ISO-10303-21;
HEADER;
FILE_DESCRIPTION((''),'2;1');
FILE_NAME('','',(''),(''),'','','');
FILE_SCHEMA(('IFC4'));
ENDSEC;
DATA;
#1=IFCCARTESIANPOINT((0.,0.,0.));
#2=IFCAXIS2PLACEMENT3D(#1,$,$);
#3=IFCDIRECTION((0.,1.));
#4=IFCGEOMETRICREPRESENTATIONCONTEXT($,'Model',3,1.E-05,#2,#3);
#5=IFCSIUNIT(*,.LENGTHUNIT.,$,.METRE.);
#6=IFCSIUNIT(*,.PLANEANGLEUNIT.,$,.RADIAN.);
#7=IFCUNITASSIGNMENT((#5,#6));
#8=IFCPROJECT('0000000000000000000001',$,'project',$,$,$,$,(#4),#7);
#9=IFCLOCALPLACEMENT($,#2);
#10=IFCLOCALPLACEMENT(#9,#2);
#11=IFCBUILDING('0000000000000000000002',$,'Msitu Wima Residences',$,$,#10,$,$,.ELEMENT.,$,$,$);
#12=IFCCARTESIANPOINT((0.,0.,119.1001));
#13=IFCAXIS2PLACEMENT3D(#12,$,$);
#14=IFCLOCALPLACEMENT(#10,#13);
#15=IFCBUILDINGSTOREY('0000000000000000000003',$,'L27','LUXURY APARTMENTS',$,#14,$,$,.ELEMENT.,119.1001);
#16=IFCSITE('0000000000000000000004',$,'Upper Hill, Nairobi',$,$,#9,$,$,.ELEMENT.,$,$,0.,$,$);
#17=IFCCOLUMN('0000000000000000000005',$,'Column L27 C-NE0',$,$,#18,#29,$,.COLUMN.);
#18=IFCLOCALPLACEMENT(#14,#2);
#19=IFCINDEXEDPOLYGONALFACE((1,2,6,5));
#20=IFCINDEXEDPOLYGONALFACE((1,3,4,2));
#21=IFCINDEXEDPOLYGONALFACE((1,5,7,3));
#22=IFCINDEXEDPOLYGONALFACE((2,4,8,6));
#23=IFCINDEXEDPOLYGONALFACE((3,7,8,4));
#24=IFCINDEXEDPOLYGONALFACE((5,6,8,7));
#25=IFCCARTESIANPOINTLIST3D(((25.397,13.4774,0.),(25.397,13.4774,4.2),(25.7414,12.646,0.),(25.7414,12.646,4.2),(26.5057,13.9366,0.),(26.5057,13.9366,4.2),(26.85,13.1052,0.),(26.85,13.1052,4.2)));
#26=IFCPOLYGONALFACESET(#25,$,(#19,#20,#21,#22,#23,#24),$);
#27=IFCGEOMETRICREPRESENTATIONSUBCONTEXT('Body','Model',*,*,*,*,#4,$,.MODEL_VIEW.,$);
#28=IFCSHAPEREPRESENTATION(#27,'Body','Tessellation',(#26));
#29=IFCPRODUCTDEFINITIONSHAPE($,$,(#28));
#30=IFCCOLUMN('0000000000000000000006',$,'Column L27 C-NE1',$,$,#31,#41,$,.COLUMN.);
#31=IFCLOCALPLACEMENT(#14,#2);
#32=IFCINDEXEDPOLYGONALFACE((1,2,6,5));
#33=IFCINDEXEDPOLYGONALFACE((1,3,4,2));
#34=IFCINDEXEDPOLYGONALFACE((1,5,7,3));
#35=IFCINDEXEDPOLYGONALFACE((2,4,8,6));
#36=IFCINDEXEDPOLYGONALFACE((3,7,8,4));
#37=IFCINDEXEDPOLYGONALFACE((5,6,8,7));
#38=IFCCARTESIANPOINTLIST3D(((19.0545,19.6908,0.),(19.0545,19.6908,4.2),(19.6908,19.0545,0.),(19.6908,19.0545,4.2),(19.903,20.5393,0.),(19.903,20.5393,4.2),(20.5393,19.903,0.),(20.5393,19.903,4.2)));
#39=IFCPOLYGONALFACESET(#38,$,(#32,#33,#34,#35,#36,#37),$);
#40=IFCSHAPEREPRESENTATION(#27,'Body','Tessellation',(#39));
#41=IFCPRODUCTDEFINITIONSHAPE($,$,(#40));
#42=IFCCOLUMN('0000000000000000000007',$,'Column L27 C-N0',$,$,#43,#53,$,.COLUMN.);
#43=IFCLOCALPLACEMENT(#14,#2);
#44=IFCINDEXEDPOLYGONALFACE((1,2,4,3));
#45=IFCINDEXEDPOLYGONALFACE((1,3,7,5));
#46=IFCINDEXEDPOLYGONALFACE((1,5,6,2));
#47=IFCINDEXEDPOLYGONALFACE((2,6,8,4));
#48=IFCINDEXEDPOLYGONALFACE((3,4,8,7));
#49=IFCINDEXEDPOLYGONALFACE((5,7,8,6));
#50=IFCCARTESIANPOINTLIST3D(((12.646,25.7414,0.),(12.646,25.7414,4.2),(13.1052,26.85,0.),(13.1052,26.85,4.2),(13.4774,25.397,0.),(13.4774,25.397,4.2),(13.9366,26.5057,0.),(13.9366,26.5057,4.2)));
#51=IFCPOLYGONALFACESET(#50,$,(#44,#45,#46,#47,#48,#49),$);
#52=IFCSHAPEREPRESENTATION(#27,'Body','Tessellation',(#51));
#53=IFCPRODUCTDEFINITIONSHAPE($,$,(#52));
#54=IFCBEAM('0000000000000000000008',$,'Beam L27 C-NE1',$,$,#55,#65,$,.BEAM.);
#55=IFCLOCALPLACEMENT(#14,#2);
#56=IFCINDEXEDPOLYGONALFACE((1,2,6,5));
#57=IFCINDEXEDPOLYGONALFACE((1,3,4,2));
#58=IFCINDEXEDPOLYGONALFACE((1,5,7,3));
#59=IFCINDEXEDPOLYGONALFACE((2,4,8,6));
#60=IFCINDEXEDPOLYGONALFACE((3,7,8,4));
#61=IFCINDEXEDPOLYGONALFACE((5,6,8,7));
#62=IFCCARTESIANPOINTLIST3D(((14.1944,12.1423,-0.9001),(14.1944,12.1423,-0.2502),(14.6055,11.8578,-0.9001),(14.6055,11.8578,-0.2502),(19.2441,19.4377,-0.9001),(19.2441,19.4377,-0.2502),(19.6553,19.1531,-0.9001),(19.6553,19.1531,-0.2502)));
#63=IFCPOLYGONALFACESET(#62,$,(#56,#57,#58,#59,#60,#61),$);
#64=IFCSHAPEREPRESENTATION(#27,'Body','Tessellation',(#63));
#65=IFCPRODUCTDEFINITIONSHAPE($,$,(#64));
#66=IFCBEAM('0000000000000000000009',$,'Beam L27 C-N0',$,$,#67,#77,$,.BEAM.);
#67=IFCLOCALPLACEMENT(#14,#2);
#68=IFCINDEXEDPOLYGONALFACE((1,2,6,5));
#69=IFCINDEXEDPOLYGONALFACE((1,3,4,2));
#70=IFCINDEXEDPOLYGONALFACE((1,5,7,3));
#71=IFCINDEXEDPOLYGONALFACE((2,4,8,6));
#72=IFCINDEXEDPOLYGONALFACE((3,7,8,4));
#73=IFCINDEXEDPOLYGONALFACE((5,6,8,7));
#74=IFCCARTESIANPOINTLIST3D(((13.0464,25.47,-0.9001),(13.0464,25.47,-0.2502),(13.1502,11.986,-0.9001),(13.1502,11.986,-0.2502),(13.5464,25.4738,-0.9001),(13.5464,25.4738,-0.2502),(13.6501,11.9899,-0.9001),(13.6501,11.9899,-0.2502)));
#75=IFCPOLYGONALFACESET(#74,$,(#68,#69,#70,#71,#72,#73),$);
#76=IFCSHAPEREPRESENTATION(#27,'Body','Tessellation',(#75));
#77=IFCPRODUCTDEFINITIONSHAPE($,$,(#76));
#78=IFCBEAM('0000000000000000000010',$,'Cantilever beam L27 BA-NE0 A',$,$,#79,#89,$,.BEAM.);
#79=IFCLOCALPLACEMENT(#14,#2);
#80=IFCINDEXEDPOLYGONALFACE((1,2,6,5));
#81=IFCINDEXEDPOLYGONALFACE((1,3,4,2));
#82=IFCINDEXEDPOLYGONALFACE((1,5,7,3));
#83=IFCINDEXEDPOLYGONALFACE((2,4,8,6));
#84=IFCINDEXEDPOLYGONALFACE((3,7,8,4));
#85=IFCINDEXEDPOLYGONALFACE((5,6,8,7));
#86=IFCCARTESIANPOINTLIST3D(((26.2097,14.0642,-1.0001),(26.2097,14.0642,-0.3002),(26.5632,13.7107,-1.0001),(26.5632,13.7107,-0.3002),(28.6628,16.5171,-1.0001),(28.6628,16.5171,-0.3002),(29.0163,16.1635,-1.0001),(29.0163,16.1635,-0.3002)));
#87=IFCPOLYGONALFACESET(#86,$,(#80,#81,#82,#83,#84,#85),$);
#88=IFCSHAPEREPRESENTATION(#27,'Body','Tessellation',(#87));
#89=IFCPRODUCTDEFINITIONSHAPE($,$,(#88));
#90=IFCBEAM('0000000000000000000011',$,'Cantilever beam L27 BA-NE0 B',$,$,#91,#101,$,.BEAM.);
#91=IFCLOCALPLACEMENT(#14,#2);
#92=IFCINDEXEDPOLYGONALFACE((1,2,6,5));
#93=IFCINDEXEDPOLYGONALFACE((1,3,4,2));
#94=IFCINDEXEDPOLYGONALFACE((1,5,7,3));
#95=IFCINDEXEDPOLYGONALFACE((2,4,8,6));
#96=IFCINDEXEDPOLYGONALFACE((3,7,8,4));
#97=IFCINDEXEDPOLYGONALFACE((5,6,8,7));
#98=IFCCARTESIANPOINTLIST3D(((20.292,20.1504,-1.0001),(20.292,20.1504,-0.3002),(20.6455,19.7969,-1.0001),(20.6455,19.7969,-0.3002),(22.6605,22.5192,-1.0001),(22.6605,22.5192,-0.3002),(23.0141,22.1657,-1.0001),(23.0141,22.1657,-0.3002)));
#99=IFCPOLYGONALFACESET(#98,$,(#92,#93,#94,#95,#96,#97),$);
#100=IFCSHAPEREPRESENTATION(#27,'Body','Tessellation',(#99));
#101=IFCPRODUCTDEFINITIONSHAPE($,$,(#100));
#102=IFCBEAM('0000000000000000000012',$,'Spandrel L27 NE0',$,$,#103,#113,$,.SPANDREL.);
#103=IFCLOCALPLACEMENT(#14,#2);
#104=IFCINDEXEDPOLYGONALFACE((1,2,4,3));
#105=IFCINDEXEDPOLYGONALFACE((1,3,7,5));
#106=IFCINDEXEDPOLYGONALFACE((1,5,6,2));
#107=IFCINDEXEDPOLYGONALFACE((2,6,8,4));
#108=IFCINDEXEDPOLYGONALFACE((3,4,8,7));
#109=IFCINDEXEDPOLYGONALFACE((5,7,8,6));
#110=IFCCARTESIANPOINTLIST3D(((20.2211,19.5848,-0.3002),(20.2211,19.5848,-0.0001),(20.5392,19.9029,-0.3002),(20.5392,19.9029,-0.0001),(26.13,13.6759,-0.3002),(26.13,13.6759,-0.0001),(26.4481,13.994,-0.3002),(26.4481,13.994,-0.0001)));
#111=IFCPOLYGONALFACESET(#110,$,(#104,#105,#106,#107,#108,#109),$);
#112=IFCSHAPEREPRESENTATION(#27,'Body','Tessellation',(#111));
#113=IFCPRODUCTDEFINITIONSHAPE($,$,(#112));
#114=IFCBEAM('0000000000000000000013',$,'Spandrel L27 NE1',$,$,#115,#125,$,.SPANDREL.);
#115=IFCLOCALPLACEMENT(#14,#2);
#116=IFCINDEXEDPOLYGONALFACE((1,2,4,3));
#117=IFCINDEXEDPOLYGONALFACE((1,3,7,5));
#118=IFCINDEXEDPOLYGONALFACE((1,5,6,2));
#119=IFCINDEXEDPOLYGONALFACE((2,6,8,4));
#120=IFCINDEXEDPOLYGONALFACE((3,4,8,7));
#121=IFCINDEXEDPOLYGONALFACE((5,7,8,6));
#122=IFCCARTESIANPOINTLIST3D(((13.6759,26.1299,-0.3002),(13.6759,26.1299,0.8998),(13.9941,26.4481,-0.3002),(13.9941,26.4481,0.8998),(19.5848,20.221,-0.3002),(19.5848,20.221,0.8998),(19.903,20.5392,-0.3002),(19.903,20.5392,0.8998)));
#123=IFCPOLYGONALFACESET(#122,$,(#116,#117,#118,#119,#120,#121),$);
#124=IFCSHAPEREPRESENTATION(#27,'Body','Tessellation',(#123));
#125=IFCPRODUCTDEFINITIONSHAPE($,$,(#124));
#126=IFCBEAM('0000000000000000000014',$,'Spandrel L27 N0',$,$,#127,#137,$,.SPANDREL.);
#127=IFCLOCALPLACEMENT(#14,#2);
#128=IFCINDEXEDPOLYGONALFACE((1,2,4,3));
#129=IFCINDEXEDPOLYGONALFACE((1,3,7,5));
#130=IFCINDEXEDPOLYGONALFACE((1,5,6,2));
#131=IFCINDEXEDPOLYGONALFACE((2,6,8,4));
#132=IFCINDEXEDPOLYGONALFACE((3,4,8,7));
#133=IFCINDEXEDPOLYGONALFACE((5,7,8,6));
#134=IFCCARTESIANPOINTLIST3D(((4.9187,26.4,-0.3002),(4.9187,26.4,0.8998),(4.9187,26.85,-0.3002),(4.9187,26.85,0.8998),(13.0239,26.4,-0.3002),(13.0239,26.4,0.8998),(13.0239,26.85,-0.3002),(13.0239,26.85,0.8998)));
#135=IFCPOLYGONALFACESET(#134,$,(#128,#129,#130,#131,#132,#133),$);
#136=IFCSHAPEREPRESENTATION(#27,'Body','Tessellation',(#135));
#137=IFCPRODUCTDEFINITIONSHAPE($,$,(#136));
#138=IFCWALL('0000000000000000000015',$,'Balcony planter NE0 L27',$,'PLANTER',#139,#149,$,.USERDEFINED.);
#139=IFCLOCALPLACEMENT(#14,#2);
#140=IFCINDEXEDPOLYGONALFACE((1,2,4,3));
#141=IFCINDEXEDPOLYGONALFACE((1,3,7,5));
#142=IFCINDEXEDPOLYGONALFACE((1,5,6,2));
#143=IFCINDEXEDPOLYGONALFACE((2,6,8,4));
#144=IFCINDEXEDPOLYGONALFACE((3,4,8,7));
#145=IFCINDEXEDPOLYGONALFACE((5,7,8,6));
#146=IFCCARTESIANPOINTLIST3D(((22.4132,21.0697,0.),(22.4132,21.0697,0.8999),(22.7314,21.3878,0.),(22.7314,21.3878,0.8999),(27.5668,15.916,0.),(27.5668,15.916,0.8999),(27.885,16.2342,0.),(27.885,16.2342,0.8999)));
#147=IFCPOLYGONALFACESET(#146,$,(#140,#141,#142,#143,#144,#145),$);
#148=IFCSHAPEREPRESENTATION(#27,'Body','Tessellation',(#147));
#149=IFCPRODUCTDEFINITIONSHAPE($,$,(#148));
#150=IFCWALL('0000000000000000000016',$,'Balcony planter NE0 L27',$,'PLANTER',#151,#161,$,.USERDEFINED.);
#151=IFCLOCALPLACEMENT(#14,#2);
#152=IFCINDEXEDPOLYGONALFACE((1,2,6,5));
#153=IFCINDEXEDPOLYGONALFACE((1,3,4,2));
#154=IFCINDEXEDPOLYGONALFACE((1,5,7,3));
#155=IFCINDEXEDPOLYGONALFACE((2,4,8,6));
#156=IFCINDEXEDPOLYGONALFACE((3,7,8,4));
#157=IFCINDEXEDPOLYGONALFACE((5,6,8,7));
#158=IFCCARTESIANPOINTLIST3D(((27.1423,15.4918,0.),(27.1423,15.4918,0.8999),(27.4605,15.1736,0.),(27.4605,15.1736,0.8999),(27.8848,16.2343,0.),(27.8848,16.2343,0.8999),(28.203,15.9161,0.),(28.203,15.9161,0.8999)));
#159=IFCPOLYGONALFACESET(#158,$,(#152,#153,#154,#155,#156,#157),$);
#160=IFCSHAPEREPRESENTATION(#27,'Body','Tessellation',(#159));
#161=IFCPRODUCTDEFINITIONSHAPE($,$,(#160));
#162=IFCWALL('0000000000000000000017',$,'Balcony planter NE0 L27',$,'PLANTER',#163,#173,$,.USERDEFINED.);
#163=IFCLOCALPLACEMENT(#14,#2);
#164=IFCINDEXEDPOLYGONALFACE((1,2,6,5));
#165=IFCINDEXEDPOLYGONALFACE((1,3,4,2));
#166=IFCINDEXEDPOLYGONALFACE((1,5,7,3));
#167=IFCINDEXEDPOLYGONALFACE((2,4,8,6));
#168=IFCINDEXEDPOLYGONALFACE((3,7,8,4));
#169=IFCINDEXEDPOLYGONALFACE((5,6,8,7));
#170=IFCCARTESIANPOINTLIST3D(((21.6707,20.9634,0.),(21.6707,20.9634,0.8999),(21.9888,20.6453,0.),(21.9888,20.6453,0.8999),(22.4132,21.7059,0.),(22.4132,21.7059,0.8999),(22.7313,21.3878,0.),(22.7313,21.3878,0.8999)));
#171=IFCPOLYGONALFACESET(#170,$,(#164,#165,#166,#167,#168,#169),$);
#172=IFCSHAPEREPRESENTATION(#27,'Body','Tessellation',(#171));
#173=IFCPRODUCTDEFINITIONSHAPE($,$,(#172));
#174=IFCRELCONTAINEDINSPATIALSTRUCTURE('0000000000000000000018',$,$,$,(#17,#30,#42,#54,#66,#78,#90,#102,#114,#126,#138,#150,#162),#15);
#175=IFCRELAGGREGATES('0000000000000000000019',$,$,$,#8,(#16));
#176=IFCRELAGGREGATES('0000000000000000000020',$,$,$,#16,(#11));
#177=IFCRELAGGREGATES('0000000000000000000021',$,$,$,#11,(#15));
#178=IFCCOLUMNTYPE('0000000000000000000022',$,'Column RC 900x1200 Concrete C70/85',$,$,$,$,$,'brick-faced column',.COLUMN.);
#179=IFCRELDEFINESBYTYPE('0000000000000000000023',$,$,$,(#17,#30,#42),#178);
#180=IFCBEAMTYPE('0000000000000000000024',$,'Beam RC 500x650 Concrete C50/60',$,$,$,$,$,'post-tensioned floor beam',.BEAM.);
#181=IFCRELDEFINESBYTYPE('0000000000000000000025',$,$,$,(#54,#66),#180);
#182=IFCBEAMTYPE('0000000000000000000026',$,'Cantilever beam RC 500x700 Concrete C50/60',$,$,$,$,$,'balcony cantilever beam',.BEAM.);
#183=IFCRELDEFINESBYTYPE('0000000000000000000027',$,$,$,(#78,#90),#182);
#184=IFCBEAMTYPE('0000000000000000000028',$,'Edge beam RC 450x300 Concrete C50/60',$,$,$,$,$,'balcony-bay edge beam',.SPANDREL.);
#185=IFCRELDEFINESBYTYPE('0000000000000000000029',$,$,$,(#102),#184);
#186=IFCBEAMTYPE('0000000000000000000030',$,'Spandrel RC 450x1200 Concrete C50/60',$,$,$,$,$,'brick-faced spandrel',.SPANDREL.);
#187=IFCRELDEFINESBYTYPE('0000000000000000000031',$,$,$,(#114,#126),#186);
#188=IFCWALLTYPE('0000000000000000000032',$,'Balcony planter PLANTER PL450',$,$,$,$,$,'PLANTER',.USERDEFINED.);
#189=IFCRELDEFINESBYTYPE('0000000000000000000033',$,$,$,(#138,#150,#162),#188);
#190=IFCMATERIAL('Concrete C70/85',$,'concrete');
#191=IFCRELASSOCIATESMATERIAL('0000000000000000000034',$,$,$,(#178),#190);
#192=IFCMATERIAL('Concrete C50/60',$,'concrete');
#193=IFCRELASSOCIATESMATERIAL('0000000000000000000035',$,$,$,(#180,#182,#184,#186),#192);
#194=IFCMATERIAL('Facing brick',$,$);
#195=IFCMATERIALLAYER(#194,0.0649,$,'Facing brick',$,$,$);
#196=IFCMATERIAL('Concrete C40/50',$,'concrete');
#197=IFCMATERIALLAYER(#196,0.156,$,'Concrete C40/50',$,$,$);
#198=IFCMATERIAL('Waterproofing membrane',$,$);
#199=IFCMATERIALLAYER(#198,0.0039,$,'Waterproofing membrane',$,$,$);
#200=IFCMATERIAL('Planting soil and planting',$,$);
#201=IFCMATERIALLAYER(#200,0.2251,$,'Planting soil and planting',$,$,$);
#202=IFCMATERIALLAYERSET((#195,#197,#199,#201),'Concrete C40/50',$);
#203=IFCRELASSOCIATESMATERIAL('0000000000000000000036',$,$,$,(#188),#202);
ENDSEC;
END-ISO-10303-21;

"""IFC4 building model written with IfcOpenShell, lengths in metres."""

from ifc_helpers import new_model, si_unit, direction, frame, frame_2d, origin, origin_2d, place, context, subcontext, project, spatial, rectangle, extrude, material, layer, layer_set, material_profile, profile_set, type_object, element, save


model = new_model("IFC4")

# Units and contexts
model_context = context("Model", 3, precision=1e-05, world=origin(), true_north=direction((0.0, 1.0)))
body_context = subcontext(model_context, "Body", "Model", "MODEL_VIEW")
ifc_project = project(units=[si_unit("LENGTHUNIT", "METRE"), si_unit("PLANEANGLEUNIT", "RADIAN")], contexts=[model_context])

# Site, building, storey
site_placement = place(None, origin())
site = spatial("IfcSite", under=ifc_project, at=site_placement, Name="Upper Hill, Nairobi", CompositionType="ELEMENT", RefElevation=0.0)
building_placement = place(site_placement, origin())
building = spatial("IfcBuilding", under=site, at=building_placement, Name="Msitu Wima Residences", CompositionType="ELEMENT")
storey_placement = place(building_placement, frame((0.0, 0.0, 119.1001)))
storey = spatial("IfcBuildingStorey", under=building, at=storey_placement, Name="L27", Description="LUXURY APARTMENTS", CompositionType="ELEMENT", Elevation=119.1001)

# Columns
ifc_material_1 = material(Name="Concrete C70/85", Category="concrete")
ifc_material_profile_1 = material_profile(ifc_material_1, rectangle(XDim=0.8999, YDim=1.2, at=origin_2d()), Name="RC 900x1200")
ifc_profile_set_1 = profile_set([ifc_material_profile_1], Name="Concrete C70/85")
column_type = type_object("IfcColumnType", Name="Column RC 900x1200 Concrete C70/85", ElementType="brick-faced column", PredefinedType="COLUMN", material=ifc_profile_set_1)
for number, where, z_axis, x_axis, name in (
    (1, (26.1235, 13.2913, 0.0), (0.0, 0.0, 1.0), (-0.382683, 0.92388, 0.0), "Column L27 C-NE0"),
    (2, (19.7969, 19.7969, 0.0), (0.0, 0.0, 1.0), (-0.707107, 0.707107, 0.0), "Column L27 C-NE1"),
    (3, (13.2913, 26.1235, 0.0), (0.0, 0.0, 1.0), (-0.92388, 0.382683, 0.0), "Column L27 C-N0"),
):
    element("IfcColumn", number, at=place(storey_placement, frame(where, z_axis=z_axis, x_axis=x_axis)), inside=storey, type_object=column_type, Name=name, PredefinedType="COLUMN", context=body_context, shape_type="SweptSolid", body=[
        extrude(rectangle(XDim=0.8999, YDim=1.2, at=origin_2d()), origin(), (0.0, 0.0, 1.0), 4.2),
    ])

# Beams
ifc_material_2 = material(Name="Concrete C50/60", Category="concrete")
ifc_material_profile_2 = material_profile(ifc_material_2, rectangle(XDim=0.5, YDim=0.6499, at=origin_2d()), Name="RC 500x650")
ifc_profile_set_2 = profile_set([ifc_material_profile_2], Name="Concrete C50/60")
beam_type_1 = type_object("IfcBeamType", Name="Beam RC 500x650 Concrete C50/60", ElementType="post-tensioned floor beam", PredefinedType="BEAM", material=ifc_profile_set_2)
beam_1_placement = place(storey_placement, frame((19.4497, 19.2954, -0.5752), z_axis=(-0.569144, -0.822238, 0.0), x_axis=(0.822238, -0.569144, 0.0)))
element("IfcBeam", 4, at=beam_1_placement, inside=storey, type_object=beam_type_1, Name="Beam L27 C-NE1", PredefinedType="BEAM", context=body_context, shape_type="SweptSolid", body=[
    extrude(rectangle(XDim=0.5, YDim=0.6499, at=origin_2d()), origin(), (0.0, 0.0, 1.0), 8.8726),
])
beam_2_placement = place(storey_placement, frame((13.2964, 25.4719, -0.5752), z_axis=(0.007695, -0.99997, 0.0), x_axis=(0.99997, 0.007695, 0.0)))
element("IfcBeam", 5, at=beam_2_placement, inside=storey, type_object=beam_type_1, Name="Beam L27 C-N0", PredefinedType="BEAM", context=body_context, shape_type="SweptSolid", body=[
    extrude(rectangle(XDim=0.5, YDim=0.6499, at=origin_2d()), origin(), (0.0, 0.0, 1.0), 13.4844),
])
ifc_material_profile_3 = material_profile(ifc_material_2, rectangle(XDim=0.5, YDim=0.7, at=origin_2d()), Name="RC 500x700")
ifc_profile_set_3 = profile_set([ifc_material_profile_3], Name="Concrete C50/60")
beam_type_2 = type_object("IfcBeamType", Name="Cantilever beam RC 500x700 Concrete C50/60", ElementType="balcony cantilever beam", PredefinedType="BEAM", material=ifc_profile_set_3)
beam_3_placement = place(storey_placement, frame((26.3865, 13.8875, -0.6501), z_axis=(0.707142, 0.707072, 0.0), x_axis=(-0.707072, 0.707142, 0.0)))
element("IfcBeam", 6, at=beam_3_placement, inside=storey, type_object=beam_type_2, Name="Cantilever beam L27 BA-NE0 A", PredefinedType="BEAM", context=body_context, shape_type="SweptSolid", body=[
    extrude(rectangle(XDim=0.5, YDim=0.7, at=origin_2d()), origin(), (0.0, 0.0, 1.0), 3.469),
])
beam_4_placement = place(storey_placement, frame((20.4688, 19.9736, -0.6501), z_axis=(0.70707, 0.707143, 0.0), x_axis=(-0.707143, 0.70707, 0.0)))
element("IfcBeam", 7, at=beam_4_placement, inside=storey, type_object=beam_type_2, Name="Cantilever beam L27 BA-NE0 B", PredefinedType="BEAM", context=body_context, shape_type="SweptSolid", body=[
    extrude(rectangle(XDim=0.5, YDim=0.7, at=origin_2d()), origin(), (0.0, 0.0, 1.0), 3.3499),
])
ifc_material_profile_4 = material_profile(ifc_material_2, rectangle(XDim=0.45, YDim=0.3, at=origin_2d()), Name="RC 450x300")
ifc_profile_set_4 = profile_set([ifc_material_profile_4], Name="Concrete C50/60")
beam_type_3 = type_object("IfcBeamType", Name="Edge beam RC 450x300 Concrete C50/60", ElementType="balcony-bay edge beam", PredefinedType="SPANDREL", material=ifc_profile_set_4)
beam_5_placement = place(storey_placement, frame((26.2891, 13.835, -0.1501), z_axis=(-0.707107, 0.707107, 0.0), x_axis=(-0.707107, -0.707107, 0.0)))
element("IfcBeam", 8, at=beam_5_placement, inside=storey, type_object=beam_type_3, Name="Spandrel L27 NE0", PredefinedType="SPANDREL", context=body_context, shape_type="SweptSolid", body=[
    extrude(rectangle(XDim=0.45, YDim=0.3, at=origin_2d()), origin(), (0.0, 0.0, 1.0), 8.3564),
])
ifc_material_profile_5 = material_profile(ifc_material_2, rectangle(XDim=0.45, YDim=1.2, at=origin_2d()), Name="RC 450x1200")
ifc_profile_set_5 = profile_set([ifc_material_profile_5], Name="Concrete C50/60")
beam_type_4 = type_object("IfcBeamType", Name="Spandrel RC 450x1200 Concrete C50/60", ElementType="brick-faced spandrel", PredefinedType="SPANDREL", material=ifc_profile_set_5)
beam_6_placement = place(storey_placement, frame((19.7439, 20.3801, 0.2998), z_axis=(-0.707107, 0.707107, 0.0), x_axis=(-0.707107, -0.707107, 0.0)))
element("IfcBeam", 9, at=beam_6_placement, inside=storey, type_object=beam_type_4, Name="Spandrel L27 NE1", PredefinedType="SPANDREL", context=body_context, shape_type="SweptSolid", body=[
    extrude(rectangle(XDim=0.45, YDim=1.2, at=origin_2d()), origin(), (0.0, 0.0, 1.0), 8.3564),
])
beam_7_placement = place(storey_placement, frame((13.0239, 26.625, 0.2998), z_axis=(-1.0, 0.0, 0.0), x_axis=(0.0, -1.0, 0.0)))
element("IfcBeam", 10, at=beam_7_placement, inside=storey, type_object=beam_type_4, Name="Spandrel L27 N0", PredefinedType="SPANDREL", context=body_context, shape_type="SweptSolid", body=[
    extrude(rectangle(XDim=0.45, YDim=1.2, at=origin_2d()), origin(), (0.0, 0.0, 1.0), 8.1052),
])

# Walls
ifc_material_3 = material(Name="Facing brick")
ifc_layer_1 = layer(ifc_material_3, 0.0649, Name="Facing brick")
ifc_material_4 = material(Name="Concrete C40/50", Category="concrete")
ifc_layer_2 = layer(ifc_material_4, 0.156, Name="Concrete C40/50")
ifc_material_5 = material(Name="Waterproofing membrane")
ifc_layer_3 = layer(ifc_material_5, 0.0039, Name="Waterproofing membrane")
ifc_material_6 = material(Name="Planting soil and planting")
ifc_layer_4 = layer(ifc_material_6, 0.2251, Name="Planting soil and planting")
ifc_layer_set_1 = layer_set([ifc_layer_1, ifc_layer_2, ifc_layer_3, ifc_layer_4], Name="Concrete C40/50")
wall_type_1 = type_object("IfcWallType", Name="Balcony planter PLANTER PL450", ElementType="PLANTER", PredefinedType="USERDEFINED", material=ifc_layer_set_1)
wall_1_placement = place(storey_placement, frame((27.7258, 16.0752, 0.0), z_axis=(0.0, 0.0, 1.0), x_axis=(-0.707107, 0.707107, 0.0)))
element("IfcWall", 11, at=wall_1_placement, inside=storey, type_object=wall_type_1, Name="Balcony planter NE0 L27", ObjectType="PLANTER", PredefinedType="USERDEFINED", context=body_context, shape_type="SweptSolid", body=[
    extrude(rectangle(XDim=7.2883, YDim=0.45, at=frame_2d((3.644, 0.0))), origin(), (0.0, 0.0, 1.0), 0.8999),
])
for number, where, z_axis, x_axis, name in (
    (12, (27.3015, 15.3328, 0.0), (0.0, 0.0, 1.0), (0.707107, 0.707107, 0.0), "Balcony planter NE0 L27"),
    (13, (21.8298, 20.8044, 0.0), (0.0, 0.0, 1.0), (0.707107, 0.707107, 0.0), "Balcony planter NE0 L27"),
):
    element("IfcWall", number, at=place(storey_placement, frame(where, z_axis=z_axis, x_axis=x_axis)), inside=storey, type_object=wall_type_1, Name=name, ObjectType="PLANTER", PredefinedType="USERDEFINED", context=body_context, shape_type="SweptSolid", body=[
        extrude(rectangle(XDim=1.05, YDim=0.45, at=frame_2d((0.5249, 0.0))), origin(), (0.0, 0.0, 1.0), 0.8999),
    ])

save(model, "model.ifc")
